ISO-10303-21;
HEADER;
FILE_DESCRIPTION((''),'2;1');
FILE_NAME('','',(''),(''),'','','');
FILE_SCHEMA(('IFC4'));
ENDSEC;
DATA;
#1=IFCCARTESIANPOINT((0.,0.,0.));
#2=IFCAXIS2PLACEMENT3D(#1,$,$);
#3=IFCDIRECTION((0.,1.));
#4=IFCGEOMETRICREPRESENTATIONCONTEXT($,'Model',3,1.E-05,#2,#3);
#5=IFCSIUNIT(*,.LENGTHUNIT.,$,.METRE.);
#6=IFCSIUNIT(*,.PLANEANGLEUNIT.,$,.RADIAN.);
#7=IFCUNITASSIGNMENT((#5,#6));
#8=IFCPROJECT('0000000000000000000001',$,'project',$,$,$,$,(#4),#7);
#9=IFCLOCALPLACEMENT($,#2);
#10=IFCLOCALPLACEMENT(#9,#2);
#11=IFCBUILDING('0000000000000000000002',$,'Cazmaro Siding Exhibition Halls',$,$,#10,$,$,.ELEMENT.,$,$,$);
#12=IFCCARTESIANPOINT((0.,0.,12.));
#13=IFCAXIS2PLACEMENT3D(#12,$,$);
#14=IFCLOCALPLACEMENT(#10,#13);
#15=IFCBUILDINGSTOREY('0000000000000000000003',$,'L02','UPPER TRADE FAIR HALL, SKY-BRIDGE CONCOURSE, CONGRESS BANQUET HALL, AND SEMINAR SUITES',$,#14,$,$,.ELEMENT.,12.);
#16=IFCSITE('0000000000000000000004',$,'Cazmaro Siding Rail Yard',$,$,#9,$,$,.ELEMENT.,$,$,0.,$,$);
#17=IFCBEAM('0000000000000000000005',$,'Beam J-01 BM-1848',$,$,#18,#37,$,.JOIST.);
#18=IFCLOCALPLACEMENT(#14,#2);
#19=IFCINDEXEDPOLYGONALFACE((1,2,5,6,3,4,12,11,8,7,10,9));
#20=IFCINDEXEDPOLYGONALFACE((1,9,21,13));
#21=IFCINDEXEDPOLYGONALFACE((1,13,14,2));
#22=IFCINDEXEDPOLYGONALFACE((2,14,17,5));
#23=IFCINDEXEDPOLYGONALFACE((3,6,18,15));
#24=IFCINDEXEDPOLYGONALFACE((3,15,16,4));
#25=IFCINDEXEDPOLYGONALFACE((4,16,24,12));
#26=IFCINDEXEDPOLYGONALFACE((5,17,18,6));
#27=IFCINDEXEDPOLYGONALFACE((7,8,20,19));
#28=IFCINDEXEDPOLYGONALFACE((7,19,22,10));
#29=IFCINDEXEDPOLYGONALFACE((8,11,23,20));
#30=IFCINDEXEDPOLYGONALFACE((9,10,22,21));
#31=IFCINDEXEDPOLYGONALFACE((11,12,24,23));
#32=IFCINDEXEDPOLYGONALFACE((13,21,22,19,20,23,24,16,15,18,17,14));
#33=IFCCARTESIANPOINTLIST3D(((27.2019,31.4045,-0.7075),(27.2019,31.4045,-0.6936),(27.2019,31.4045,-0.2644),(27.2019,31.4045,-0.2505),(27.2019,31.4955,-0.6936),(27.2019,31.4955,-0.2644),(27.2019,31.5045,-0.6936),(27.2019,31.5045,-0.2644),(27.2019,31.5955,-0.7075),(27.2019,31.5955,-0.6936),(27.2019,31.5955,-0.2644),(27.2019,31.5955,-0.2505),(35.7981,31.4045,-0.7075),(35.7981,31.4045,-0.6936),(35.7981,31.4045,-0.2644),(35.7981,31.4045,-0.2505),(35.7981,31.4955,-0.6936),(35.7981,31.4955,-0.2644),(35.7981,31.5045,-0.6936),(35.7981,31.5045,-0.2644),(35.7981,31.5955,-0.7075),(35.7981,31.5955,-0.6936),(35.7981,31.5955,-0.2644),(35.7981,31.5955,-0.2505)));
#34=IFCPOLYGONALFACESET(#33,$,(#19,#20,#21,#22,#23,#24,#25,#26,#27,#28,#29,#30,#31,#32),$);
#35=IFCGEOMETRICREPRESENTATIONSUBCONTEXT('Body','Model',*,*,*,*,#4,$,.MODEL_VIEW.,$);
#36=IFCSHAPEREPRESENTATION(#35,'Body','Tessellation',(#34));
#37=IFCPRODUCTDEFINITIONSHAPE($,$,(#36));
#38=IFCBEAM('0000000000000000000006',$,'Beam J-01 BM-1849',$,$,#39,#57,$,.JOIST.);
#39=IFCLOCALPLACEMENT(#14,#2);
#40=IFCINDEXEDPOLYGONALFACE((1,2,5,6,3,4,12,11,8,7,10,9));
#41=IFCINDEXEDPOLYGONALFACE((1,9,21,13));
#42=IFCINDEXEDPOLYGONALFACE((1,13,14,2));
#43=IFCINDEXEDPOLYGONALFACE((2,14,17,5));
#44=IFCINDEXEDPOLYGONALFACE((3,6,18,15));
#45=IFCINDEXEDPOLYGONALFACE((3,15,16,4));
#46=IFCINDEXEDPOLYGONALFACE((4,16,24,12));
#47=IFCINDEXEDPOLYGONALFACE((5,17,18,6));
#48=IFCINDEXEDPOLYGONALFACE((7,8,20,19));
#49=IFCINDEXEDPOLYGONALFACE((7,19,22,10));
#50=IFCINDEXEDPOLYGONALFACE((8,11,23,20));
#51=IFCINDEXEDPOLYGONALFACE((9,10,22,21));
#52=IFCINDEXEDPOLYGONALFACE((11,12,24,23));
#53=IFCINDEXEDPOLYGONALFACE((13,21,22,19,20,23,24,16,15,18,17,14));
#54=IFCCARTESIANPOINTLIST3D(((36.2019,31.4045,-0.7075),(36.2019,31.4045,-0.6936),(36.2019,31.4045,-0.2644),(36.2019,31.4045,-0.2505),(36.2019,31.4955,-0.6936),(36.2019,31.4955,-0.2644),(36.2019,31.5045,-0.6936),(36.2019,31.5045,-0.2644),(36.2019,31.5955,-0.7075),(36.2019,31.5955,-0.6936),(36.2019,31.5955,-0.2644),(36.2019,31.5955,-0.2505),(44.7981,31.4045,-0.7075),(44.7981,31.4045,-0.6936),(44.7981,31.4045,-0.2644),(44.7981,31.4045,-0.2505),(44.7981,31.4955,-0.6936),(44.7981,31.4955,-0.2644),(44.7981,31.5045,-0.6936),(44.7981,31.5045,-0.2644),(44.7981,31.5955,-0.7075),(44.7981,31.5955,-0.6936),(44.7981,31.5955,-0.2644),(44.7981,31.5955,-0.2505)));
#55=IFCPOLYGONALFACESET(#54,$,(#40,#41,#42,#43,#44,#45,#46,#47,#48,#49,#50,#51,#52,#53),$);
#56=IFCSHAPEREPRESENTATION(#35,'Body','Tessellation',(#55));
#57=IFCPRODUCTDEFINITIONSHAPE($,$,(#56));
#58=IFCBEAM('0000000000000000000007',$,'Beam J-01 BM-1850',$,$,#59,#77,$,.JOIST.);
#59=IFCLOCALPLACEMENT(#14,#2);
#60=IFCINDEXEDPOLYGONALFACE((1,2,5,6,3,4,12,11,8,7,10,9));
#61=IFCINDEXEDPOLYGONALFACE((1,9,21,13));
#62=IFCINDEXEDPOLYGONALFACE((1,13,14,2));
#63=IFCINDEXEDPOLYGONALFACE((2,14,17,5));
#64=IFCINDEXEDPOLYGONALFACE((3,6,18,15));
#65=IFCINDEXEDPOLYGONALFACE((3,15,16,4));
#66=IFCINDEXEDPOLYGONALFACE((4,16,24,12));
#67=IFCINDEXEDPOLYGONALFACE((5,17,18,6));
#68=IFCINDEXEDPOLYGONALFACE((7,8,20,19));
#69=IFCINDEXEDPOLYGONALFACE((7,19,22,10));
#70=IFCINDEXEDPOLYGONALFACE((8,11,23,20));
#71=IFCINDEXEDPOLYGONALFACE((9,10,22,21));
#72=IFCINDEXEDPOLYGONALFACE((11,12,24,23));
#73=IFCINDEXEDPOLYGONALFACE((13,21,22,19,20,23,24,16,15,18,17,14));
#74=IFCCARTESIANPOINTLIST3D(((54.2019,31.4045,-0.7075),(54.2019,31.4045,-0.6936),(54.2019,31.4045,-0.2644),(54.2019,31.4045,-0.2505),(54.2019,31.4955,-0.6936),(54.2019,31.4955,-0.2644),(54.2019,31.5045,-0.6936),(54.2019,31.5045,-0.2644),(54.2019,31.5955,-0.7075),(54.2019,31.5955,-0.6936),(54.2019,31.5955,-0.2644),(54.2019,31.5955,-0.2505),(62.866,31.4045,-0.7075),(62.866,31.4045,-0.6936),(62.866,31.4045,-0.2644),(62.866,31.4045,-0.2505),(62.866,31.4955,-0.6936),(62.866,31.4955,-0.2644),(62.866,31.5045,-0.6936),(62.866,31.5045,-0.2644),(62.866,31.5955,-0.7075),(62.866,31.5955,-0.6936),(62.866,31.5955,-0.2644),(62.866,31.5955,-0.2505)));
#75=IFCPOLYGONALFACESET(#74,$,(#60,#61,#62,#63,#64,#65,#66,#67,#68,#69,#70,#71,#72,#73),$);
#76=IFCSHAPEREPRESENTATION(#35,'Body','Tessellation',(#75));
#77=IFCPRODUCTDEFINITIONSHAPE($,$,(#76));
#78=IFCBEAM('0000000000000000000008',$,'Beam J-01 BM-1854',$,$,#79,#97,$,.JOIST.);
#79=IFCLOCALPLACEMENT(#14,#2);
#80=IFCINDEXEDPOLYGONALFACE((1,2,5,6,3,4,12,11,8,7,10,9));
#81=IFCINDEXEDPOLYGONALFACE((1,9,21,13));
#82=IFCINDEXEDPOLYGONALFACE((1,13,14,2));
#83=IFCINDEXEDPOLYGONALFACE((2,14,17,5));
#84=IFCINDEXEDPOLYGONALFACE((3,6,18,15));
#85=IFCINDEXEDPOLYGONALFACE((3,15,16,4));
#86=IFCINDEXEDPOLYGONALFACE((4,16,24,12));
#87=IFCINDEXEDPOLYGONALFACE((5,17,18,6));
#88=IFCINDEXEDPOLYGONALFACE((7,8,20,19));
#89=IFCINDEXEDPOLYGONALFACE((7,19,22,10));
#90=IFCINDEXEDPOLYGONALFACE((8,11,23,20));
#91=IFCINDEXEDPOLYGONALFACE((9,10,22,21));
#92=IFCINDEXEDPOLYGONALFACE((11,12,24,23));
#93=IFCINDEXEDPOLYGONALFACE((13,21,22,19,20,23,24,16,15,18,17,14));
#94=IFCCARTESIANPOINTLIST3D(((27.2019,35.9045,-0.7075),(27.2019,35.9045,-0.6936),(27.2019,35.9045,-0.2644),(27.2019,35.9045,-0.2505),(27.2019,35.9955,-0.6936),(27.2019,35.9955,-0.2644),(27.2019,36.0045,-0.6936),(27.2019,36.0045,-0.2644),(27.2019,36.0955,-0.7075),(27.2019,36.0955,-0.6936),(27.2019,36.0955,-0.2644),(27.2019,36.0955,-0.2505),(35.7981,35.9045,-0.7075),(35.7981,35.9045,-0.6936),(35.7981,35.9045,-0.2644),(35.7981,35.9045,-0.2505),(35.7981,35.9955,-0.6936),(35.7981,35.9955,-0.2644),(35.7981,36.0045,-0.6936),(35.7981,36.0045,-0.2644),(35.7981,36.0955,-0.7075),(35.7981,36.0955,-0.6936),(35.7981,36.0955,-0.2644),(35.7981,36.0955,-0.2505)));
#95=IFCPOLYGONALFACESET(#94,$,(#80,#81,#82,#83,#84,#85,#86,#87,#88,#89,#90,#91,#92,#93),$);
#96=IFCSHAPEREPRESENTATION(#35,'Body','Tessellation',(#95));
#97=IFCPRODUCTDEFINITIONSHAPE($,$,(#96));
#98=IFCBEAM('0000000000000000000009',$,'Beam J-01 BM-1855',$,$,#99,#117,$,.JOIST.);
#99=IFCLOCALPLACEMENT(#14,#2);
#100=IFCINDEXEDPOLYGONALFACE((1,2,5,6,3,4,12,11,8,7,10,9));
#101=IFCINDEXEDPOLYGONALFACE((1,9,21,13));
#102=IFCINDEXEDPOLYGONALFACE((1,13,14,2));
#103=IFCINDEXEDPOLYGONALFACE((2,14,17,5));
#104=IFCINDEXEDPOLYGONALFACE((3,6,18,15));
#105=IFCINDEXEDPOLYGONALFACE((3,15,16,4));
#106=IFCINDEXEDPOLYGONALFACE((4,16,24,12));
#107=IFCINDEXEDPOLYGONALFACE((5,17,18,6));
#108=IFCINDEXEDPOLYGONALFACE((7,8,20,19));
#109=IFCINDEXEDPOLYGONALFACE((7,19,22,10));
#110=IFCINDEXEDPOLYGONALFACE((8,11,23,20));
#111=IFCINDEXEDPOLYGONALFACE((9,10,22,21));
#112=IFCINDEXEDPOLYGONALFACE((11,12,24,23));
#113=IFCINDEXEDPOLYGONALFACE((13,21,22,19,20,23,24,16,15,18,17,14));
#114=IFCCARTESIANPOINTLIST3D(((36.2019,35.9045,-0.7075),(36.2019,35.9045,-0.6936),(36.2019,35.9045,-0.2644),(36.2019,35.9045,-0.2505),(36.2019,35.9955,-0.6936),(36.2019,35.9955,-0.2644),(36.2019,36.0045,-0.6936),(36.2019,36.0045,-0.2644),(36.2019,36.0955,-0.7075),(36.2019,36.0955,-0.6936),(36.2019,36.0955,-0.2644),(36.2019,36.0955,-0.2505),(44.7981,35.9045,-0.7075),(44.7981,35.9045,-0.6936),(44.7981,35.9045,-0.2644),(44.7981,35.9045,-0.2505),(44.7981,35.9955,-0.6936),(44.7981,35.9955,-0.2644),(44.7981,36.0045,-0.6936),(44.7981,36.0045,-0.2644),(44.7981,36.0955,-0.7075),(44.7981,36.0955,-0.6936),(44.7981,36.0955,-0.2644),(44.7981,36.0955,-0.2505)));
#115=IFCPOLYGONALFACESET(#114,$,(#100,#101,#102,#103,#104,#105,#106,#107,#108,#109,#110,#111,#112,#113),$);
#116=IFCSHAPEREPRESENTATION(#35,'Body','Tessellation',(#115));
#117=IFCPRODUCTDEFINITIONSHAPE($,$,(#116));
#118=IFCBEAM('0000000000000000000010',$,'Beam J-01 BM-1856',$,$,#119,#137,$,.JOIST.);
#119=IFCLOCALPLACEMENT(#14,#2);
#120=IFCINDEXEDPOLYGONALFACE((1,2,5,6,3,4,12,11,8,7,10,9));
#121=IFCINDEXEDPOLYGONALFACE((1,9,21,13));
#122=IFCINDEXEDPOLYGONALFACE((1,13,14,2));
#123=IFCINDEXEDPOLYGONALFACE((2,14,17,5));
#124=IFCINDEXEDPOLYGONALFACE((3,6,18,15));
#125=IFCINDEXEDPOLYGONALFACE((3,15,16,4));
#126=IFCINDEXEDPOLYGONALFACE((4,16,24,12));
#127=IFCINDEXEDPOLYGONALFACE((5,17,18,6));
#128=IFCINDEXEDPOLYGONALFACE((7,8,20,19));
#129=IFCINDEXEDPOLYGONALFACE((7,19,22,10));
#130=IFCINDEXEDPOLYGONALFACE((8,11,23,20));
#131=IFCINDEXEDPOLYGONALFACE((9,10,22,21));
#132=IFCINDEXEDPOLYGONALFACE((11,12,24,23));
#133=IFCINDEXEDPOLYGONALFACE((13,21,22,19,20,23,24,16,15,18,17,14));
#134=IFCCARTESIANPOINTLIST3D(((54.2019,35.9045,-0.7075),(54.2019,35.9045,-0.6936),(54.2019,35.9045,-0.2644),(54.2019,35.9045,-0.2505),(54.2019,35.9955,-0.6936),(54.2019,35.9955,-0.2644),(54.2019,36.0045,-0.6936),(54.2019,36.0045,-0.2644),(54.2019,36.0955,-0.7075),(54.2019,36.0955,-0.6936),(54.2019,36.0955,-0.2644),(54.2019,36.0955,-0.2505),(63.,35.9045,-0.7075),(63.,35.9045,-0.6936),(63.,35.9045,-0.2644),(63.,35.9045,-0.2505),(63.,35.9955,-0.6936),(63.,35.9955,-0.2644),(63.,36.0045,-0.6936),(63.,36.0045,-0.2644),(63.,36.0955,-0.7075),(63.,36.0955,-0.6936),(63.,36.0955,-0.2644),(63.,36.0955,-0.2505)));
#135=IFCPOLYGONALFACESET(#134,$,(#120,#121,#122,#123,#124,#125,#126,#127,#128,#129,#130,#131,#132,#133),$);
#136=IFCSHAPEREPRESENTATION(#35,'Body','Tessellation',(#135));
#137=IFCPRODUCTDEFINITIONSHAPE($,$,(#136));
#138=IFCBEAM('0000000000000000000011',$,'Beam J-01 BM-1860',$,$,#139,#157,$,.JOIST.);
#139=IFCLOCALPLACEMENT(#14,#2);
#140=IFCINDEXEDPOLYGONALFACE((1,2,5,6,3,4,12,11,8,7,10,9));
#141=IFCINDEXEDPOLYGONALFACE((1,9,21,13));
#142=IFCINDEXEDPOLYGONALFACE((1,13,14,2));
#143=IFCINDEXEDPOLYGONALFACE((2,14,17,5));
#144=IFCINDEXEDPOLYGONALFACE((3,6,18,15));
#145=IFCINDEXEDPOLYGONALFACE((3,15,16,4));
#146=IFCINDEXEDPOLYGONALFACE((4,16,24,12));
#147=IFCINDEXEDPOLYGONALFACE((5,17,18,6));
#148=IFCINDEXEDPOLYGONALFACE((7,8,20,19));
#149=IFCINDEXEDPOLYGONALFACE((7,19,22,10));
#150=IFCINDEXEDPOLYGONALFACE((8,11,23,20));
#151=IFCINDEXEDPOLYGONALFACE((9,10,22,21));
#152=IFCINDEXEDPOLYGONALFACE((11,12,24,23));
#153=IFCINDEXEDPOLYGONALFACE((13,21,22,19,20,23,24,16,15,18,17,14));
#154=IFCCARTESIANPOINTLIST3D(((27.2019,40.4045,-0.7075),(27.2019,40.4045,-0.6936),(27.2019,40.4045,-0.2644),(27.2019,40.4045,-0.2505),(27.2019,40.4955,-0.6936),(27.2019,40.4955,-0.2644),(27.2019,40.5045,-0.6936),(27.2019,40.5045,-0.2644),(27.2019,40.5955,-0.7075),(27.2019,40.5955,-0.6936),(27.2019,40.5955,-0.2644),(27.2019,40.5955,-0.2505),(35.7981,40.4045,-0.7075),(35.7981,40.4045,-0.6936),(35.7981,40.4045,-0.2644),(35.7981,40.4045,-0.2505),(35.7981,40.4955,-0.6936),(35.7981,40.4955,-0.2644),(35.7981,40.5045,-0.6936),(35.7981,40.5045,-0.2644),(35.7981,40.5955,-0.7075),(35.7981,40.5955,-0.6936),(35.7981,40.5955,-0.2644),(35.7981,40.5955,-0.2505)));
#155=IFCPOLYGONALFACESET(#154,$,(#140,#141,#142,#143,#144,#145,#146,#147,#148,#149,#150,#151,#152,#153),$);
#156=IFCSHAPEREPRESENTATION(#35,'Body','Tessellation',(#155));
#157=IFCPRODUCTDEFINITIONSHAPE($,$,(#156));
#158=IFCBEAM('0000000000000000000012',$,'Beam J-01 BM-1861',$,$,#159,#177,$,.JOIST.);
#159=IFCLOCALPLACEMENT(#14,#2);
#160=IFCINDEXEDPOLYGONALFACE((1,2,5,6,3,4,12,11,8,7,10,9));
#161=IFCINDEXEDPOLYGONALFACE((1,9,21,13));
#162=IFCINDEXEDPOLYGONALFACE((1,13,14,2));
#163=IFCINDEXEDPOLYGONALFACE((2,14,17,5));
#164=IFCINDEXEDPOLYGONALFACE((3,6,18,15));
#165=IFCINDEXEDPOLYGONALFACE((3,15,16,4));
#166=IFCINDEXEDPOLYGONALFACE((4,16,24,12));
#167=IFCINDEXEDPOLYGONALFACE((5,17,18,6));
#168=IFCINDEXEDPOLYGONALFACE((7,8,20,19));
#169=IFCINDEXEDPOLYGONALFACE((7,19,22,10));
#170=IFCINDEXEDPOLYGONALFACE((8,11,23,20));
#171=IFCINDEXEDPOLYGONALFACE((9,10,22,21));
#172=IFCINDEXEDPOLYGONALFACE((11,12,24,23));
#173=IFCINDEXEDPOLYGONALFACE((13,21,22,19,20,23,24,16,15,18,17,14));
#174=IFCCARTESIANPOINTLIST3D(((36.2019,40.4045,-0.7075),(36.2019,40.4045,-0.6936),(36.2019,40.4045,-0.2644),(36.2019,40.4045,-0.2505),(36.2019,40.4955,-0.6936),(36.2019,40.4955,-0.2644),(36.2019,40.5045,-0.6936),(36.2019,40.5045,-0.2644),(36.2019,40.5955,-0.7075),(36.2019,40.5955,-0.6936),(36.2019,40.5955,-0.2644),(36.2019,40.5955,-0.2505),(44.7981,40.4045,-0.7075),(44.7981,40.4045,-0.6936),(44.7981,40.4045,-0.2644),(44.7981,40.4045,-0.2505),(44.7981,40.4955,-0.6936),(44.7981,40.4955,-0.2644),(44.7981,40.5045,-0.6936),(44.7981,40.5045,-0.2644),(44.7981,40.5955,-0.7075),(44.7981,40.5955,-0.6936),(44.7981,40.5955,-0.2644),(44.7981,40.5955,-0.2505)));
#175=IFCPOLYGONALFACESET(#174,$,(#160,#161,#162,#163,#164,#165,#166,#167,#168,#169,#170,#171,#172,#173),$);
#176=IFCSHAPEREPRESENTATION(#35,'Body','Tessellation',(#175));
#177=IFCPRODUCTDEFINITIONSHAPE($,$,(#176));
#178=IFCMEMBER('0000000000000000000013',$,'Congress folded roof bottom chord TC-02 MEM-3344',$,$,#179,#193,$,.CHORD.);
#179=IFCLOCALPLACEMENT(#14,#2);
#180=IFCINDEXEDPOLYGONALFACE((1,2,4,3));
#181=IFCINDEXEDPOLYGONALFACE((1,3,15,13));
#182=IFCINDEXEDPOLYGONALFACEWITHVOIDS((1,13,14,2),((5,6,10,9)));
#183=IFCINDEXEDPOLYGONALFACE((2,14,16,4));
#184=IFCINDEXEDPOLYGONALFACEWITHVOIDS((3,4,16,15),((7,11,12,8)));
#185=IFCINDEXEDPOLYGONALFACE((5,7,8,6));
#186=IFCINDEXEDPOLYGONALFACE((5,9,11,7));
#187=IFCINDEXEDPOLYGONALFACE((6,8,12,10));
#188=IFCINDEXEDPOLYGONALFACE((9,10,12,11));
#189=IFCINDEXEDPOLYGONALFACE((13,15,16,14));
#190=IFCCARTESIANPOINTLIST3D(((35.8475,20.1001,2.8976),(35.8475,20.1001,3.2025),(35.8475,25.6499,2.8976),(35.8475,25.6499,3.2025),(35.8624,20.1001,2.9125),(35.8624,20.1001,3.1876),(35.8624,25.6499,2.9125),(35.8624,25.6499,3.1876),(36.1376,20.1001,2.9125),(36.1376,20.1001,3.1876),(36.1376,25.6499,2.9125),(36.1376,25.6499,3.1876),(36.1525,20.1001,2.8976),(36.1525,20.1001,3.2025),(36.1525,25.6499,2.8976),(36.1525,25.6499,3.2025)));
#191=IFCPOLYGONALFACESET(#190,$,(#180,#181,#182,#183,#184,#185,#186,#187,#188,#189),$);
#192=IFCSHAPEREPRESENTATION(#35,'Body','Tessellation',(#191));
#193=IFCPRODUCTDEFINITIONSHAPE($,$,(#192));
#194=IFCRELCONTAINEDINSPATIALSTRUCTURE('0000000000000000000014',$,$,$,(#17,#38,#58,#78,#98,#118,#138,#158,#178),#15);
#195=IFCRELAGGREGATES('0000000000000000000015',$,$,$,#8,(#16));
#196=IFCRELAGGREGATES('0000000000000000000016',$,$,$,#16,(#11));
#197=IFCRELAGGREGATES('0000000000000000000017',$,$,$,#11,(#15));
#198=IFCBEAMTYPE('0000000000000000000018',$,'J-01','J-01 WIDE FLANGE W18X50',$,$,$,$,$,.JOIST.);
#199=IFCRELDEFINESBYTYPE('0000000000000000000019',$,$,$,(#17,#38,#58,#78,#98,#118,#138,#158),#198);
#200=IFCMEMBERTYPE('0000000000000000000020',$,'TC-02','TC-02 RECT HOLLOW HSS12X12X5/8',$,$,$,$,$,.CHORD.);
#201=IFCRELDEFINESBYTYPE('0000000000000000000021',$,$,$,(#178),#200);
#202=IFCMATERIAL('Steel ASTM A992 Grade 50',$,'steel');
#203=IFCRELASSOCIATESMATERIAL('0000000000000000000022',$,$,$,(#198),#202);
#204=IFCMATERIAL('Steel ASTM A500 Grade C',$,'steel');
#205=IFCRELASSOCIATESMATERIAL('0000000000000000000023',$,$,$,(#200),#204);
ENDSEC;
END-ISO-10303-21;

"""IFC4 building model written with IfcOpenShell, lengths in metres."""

from ifc_helpers import new_model, si_unit, direction, frame, origin, origin_2d, place, context, subcontext, project, spatial, hollow_rectangle, i_section, extrude, material, material_profile, profile_set, type_object, element, save


model = new_model("IFC4")

# Units and contexts
model_context = context("Model", 3, precision=1e-05, world=origin(), true_north=direction((0.0, 1.0)))
body_context = subcontext(model_context, "Body", "Model", "MODEL_VIEW")
ifc_project = project(units=[si_unit("LENGTHUNIT", "METRE"), si_unit("PLANEANGLEUNIT", "RADIAN")], contexts=[model_context])

# Site, building, storey
site_placement = place(None, origin())
site = spatial("IfcSite", under=ifc_project, at=site_placement, Name="Cazmaro Siding Rail Yard", CompositionType="ELEMENT", RefElevation=0.0)
building_placement = place(site_placement, origin())
building = spatial("IfcBuilding", under=site, at=building_placement, Name="Cazmaro Siding Exhibition Halls", CompositionType="ELEMENT")
storey_placement = place(building_placement, frame((0.0, 0.0, 12.0)))
storey = spatial("IfcBuildingStorey", under=building, at=storey_placement, Name="L02", Description="UPPER TRADE FAIR HALL, SKY-BRIDGE CONCOURSE, CONGRESS BANQUET HALL, AND SEMINAR SUITES", CompositionType="ELEMENT", Elevation=12.0)

# Beams
ifc_material_1 = material(Name="Steel ASTM A992 Grade 50", Category="steel")
ifc_material_profile_1 = material_profile(ifc_material_1, i_section(OverallWidth=0.1909, OverallDepth=0.457, WebThickness=0.009, FlangeThickness=0.0139, at=origin_2d()), Name="W18X50")
ifc_profile_set_1 = profile_set([ifc_material_profile_1], Name="Steel ASTM A992 Grade 50")
beam_type = type_object("IfcBeamType", Name="J-01", Description="J-01 WIDE FLANGE W18X50", PredefinedType="JOIST", material=ifc_profile_set_1)
for number, where, z_axis, x_axis, name in (
    (1, (27.2019, 31.5, -0.479), (1.0, 0.0, 0.0), (0.0, 1.0, 0.0), "Beam J-01 BM-1848"),
    (2, (36.2019, 31.5, -0.479), (1.0, 0.0, 0.0), (0.0, 1.0, 0.0), "Beam J-01 BM-1849"),
):
    element("IfcBeam", number, at=place(storey_placement, frame(where, z_axis=z_axis, x_axis=x_axis)), inside=storey, type_object=beam_type, Name=name, PredefinedType="JOIST", context=body_context, shape_type="SweptSolid", body=[
        extrude(i_section(OverallWidth=0.1909, OverallDepth=0.457, WebThickness=0.009, FlangeThickness=0.0139, at=origin_2d()), origin(), (0.0, 0.0, 1.0), 8.5962),
    ])
beam_1_placement = place(storey_placement, frame((54.2019, 31.5, -0.479), z_axis=(1.0, 0.0, 0.0), x_axis=(0.0, 1.0, 0.0)))
element("IfcBeam", 3, at=beam_1_placement, inside=storey, type_object=beam_type, Name="Beam J-01 BM-1850", PredefinedType="JOIST", context=body_context, shape_type="SweptSolid", body=[
    extrude(i_section(OverallWidth=0.1909, OverallDepth=0.457, WebThickness=0.009, FlangeThickness=0.0139, at=origin_2d()), origin(), (0.0, 0.0, 1.0), 8.6641),
])
for number, where, z_axis, x_axis, name in (
    (4, (27.2019, 36.0, -0.479), (1.0, 0.0, 0.0), (0.0, 1.0, 0.0), "Beam J-01 BM-1854"),
    (5, (36.2019, 36.0, -0.479), (1.0, 0.0, 0.0), (0.0, 1.0, 0.0), "Beam J-01 BM-1855"),
):
    element("IfcBeam", number, at=place(storey_placement, frame(where, z_axis=z_axis, x_axis=x_axis)), inside=storey, type_object=beam_type, Name=name, PredefinedType="JOIST", context=body_context, shape_type="SweptSolid", body=[
        extrude(i_section(OverallWidth=0.1909, OverallDepth=0.457, WebThickness=0.009, FlangeThickness=0.0139, at=origin_2d()), origin(), (0.0, 0.0, 1.0), 8.5962),
    ])
beam_2_placement = place(storey_placement, frame((54.2019, 36.0, -0.479), z_axis=(1.0, 0.0, 0.0), x_axis=(0.0, 1.0, 0.0)))
element("IfcBeam", 6, at=beam_2_placement, inside=storey, type_object=beam_type, Name="Beam J-01 BM-1856", PredefinedType="JOIST", context=body_context, shape_type="SweptSolid", body=[
    extrude(i_section(OverallWidth=0.1909, OverallDepth=0.457, WebThickness=0.009, FlangeThickness=0.0139, at=origin_2d()), origin(), (0.0, 0.0, 1.0), 8.7981),
])
for number, where, z_axis, x_axis, name in (
    (7, (27.2019, 40.5, -0.479), (1.0, 0.0, 0.0), (0.0, 1.0, 0.0), "Beam J-01 BM-1860"),
    (8, (36.2019, 40.5, -0.479), (1.0, 0.0, 0.0), (0.0, 1.0, 0.0), "Beam J-01 BM-1861"),
):
    element("IfcBeam", number, at=place(storey_placement, frame(where, z_axis=z_axis, x_axis=x_axis)), inside=storey, type_object=beam_type, Name=name, PredefinedType="JOIST", context=body_context, shape_type="SweptSolid", body=[
        extrude(i_section(OverallWidth=0.1909, OverallDepth=0.457, WebThickness=0.009, FlangeThickness=0.0139, at=origin_2d()), origin(), (0.0, 0.0, 1.0), 8.5962),
    ])

# Member
ifc_material_2 = material(Name="Steel ASTM A500 Grade C", Category="steel")
ifc_material_profile_2 = material_profile(ifc_material_2, hollow_rectangle(XDim=0.3049, YDim=0.3049, WallThickness=0.0149, at=origin_2d()), Name="HSS12X12X5/8")
ifc_profile_set_2 = profile_set([ifc_material_profile_2], Name="Steel ASTM A500 Grade C")
member_type_1 = type_object("IfcMemberType", Name="TC-02", Description="TC-02 RECT HOLLOW HSS12X12X5/8", PredefinedType="CHORD", material=ifc_profile_set_2)
member_1_placement = place(storey_placement, frame((36.0, 20.1001, 3.05), z_axis=(0.0, 1.0, 0.0), x_axis=(-1.0, 0.0, 0.0)))
element("IfcMember", 9, at=member_1_placement, inside=storey, type_object=member_type_1, Name="Congress folded roof bottom chord TC-02 MEM-3344", PredefinedType="CHORD", context=body_context, shape_type="SweptSolid", body=[
    extrude(hollow_rectangle(XDim=0.3049, YDim=0.3049, WallThickness=0.0149, at=origin_2d()), origin(), (0.0, 0.0, 1.0), 5.5498),
])

save(model, "model.ifc")
